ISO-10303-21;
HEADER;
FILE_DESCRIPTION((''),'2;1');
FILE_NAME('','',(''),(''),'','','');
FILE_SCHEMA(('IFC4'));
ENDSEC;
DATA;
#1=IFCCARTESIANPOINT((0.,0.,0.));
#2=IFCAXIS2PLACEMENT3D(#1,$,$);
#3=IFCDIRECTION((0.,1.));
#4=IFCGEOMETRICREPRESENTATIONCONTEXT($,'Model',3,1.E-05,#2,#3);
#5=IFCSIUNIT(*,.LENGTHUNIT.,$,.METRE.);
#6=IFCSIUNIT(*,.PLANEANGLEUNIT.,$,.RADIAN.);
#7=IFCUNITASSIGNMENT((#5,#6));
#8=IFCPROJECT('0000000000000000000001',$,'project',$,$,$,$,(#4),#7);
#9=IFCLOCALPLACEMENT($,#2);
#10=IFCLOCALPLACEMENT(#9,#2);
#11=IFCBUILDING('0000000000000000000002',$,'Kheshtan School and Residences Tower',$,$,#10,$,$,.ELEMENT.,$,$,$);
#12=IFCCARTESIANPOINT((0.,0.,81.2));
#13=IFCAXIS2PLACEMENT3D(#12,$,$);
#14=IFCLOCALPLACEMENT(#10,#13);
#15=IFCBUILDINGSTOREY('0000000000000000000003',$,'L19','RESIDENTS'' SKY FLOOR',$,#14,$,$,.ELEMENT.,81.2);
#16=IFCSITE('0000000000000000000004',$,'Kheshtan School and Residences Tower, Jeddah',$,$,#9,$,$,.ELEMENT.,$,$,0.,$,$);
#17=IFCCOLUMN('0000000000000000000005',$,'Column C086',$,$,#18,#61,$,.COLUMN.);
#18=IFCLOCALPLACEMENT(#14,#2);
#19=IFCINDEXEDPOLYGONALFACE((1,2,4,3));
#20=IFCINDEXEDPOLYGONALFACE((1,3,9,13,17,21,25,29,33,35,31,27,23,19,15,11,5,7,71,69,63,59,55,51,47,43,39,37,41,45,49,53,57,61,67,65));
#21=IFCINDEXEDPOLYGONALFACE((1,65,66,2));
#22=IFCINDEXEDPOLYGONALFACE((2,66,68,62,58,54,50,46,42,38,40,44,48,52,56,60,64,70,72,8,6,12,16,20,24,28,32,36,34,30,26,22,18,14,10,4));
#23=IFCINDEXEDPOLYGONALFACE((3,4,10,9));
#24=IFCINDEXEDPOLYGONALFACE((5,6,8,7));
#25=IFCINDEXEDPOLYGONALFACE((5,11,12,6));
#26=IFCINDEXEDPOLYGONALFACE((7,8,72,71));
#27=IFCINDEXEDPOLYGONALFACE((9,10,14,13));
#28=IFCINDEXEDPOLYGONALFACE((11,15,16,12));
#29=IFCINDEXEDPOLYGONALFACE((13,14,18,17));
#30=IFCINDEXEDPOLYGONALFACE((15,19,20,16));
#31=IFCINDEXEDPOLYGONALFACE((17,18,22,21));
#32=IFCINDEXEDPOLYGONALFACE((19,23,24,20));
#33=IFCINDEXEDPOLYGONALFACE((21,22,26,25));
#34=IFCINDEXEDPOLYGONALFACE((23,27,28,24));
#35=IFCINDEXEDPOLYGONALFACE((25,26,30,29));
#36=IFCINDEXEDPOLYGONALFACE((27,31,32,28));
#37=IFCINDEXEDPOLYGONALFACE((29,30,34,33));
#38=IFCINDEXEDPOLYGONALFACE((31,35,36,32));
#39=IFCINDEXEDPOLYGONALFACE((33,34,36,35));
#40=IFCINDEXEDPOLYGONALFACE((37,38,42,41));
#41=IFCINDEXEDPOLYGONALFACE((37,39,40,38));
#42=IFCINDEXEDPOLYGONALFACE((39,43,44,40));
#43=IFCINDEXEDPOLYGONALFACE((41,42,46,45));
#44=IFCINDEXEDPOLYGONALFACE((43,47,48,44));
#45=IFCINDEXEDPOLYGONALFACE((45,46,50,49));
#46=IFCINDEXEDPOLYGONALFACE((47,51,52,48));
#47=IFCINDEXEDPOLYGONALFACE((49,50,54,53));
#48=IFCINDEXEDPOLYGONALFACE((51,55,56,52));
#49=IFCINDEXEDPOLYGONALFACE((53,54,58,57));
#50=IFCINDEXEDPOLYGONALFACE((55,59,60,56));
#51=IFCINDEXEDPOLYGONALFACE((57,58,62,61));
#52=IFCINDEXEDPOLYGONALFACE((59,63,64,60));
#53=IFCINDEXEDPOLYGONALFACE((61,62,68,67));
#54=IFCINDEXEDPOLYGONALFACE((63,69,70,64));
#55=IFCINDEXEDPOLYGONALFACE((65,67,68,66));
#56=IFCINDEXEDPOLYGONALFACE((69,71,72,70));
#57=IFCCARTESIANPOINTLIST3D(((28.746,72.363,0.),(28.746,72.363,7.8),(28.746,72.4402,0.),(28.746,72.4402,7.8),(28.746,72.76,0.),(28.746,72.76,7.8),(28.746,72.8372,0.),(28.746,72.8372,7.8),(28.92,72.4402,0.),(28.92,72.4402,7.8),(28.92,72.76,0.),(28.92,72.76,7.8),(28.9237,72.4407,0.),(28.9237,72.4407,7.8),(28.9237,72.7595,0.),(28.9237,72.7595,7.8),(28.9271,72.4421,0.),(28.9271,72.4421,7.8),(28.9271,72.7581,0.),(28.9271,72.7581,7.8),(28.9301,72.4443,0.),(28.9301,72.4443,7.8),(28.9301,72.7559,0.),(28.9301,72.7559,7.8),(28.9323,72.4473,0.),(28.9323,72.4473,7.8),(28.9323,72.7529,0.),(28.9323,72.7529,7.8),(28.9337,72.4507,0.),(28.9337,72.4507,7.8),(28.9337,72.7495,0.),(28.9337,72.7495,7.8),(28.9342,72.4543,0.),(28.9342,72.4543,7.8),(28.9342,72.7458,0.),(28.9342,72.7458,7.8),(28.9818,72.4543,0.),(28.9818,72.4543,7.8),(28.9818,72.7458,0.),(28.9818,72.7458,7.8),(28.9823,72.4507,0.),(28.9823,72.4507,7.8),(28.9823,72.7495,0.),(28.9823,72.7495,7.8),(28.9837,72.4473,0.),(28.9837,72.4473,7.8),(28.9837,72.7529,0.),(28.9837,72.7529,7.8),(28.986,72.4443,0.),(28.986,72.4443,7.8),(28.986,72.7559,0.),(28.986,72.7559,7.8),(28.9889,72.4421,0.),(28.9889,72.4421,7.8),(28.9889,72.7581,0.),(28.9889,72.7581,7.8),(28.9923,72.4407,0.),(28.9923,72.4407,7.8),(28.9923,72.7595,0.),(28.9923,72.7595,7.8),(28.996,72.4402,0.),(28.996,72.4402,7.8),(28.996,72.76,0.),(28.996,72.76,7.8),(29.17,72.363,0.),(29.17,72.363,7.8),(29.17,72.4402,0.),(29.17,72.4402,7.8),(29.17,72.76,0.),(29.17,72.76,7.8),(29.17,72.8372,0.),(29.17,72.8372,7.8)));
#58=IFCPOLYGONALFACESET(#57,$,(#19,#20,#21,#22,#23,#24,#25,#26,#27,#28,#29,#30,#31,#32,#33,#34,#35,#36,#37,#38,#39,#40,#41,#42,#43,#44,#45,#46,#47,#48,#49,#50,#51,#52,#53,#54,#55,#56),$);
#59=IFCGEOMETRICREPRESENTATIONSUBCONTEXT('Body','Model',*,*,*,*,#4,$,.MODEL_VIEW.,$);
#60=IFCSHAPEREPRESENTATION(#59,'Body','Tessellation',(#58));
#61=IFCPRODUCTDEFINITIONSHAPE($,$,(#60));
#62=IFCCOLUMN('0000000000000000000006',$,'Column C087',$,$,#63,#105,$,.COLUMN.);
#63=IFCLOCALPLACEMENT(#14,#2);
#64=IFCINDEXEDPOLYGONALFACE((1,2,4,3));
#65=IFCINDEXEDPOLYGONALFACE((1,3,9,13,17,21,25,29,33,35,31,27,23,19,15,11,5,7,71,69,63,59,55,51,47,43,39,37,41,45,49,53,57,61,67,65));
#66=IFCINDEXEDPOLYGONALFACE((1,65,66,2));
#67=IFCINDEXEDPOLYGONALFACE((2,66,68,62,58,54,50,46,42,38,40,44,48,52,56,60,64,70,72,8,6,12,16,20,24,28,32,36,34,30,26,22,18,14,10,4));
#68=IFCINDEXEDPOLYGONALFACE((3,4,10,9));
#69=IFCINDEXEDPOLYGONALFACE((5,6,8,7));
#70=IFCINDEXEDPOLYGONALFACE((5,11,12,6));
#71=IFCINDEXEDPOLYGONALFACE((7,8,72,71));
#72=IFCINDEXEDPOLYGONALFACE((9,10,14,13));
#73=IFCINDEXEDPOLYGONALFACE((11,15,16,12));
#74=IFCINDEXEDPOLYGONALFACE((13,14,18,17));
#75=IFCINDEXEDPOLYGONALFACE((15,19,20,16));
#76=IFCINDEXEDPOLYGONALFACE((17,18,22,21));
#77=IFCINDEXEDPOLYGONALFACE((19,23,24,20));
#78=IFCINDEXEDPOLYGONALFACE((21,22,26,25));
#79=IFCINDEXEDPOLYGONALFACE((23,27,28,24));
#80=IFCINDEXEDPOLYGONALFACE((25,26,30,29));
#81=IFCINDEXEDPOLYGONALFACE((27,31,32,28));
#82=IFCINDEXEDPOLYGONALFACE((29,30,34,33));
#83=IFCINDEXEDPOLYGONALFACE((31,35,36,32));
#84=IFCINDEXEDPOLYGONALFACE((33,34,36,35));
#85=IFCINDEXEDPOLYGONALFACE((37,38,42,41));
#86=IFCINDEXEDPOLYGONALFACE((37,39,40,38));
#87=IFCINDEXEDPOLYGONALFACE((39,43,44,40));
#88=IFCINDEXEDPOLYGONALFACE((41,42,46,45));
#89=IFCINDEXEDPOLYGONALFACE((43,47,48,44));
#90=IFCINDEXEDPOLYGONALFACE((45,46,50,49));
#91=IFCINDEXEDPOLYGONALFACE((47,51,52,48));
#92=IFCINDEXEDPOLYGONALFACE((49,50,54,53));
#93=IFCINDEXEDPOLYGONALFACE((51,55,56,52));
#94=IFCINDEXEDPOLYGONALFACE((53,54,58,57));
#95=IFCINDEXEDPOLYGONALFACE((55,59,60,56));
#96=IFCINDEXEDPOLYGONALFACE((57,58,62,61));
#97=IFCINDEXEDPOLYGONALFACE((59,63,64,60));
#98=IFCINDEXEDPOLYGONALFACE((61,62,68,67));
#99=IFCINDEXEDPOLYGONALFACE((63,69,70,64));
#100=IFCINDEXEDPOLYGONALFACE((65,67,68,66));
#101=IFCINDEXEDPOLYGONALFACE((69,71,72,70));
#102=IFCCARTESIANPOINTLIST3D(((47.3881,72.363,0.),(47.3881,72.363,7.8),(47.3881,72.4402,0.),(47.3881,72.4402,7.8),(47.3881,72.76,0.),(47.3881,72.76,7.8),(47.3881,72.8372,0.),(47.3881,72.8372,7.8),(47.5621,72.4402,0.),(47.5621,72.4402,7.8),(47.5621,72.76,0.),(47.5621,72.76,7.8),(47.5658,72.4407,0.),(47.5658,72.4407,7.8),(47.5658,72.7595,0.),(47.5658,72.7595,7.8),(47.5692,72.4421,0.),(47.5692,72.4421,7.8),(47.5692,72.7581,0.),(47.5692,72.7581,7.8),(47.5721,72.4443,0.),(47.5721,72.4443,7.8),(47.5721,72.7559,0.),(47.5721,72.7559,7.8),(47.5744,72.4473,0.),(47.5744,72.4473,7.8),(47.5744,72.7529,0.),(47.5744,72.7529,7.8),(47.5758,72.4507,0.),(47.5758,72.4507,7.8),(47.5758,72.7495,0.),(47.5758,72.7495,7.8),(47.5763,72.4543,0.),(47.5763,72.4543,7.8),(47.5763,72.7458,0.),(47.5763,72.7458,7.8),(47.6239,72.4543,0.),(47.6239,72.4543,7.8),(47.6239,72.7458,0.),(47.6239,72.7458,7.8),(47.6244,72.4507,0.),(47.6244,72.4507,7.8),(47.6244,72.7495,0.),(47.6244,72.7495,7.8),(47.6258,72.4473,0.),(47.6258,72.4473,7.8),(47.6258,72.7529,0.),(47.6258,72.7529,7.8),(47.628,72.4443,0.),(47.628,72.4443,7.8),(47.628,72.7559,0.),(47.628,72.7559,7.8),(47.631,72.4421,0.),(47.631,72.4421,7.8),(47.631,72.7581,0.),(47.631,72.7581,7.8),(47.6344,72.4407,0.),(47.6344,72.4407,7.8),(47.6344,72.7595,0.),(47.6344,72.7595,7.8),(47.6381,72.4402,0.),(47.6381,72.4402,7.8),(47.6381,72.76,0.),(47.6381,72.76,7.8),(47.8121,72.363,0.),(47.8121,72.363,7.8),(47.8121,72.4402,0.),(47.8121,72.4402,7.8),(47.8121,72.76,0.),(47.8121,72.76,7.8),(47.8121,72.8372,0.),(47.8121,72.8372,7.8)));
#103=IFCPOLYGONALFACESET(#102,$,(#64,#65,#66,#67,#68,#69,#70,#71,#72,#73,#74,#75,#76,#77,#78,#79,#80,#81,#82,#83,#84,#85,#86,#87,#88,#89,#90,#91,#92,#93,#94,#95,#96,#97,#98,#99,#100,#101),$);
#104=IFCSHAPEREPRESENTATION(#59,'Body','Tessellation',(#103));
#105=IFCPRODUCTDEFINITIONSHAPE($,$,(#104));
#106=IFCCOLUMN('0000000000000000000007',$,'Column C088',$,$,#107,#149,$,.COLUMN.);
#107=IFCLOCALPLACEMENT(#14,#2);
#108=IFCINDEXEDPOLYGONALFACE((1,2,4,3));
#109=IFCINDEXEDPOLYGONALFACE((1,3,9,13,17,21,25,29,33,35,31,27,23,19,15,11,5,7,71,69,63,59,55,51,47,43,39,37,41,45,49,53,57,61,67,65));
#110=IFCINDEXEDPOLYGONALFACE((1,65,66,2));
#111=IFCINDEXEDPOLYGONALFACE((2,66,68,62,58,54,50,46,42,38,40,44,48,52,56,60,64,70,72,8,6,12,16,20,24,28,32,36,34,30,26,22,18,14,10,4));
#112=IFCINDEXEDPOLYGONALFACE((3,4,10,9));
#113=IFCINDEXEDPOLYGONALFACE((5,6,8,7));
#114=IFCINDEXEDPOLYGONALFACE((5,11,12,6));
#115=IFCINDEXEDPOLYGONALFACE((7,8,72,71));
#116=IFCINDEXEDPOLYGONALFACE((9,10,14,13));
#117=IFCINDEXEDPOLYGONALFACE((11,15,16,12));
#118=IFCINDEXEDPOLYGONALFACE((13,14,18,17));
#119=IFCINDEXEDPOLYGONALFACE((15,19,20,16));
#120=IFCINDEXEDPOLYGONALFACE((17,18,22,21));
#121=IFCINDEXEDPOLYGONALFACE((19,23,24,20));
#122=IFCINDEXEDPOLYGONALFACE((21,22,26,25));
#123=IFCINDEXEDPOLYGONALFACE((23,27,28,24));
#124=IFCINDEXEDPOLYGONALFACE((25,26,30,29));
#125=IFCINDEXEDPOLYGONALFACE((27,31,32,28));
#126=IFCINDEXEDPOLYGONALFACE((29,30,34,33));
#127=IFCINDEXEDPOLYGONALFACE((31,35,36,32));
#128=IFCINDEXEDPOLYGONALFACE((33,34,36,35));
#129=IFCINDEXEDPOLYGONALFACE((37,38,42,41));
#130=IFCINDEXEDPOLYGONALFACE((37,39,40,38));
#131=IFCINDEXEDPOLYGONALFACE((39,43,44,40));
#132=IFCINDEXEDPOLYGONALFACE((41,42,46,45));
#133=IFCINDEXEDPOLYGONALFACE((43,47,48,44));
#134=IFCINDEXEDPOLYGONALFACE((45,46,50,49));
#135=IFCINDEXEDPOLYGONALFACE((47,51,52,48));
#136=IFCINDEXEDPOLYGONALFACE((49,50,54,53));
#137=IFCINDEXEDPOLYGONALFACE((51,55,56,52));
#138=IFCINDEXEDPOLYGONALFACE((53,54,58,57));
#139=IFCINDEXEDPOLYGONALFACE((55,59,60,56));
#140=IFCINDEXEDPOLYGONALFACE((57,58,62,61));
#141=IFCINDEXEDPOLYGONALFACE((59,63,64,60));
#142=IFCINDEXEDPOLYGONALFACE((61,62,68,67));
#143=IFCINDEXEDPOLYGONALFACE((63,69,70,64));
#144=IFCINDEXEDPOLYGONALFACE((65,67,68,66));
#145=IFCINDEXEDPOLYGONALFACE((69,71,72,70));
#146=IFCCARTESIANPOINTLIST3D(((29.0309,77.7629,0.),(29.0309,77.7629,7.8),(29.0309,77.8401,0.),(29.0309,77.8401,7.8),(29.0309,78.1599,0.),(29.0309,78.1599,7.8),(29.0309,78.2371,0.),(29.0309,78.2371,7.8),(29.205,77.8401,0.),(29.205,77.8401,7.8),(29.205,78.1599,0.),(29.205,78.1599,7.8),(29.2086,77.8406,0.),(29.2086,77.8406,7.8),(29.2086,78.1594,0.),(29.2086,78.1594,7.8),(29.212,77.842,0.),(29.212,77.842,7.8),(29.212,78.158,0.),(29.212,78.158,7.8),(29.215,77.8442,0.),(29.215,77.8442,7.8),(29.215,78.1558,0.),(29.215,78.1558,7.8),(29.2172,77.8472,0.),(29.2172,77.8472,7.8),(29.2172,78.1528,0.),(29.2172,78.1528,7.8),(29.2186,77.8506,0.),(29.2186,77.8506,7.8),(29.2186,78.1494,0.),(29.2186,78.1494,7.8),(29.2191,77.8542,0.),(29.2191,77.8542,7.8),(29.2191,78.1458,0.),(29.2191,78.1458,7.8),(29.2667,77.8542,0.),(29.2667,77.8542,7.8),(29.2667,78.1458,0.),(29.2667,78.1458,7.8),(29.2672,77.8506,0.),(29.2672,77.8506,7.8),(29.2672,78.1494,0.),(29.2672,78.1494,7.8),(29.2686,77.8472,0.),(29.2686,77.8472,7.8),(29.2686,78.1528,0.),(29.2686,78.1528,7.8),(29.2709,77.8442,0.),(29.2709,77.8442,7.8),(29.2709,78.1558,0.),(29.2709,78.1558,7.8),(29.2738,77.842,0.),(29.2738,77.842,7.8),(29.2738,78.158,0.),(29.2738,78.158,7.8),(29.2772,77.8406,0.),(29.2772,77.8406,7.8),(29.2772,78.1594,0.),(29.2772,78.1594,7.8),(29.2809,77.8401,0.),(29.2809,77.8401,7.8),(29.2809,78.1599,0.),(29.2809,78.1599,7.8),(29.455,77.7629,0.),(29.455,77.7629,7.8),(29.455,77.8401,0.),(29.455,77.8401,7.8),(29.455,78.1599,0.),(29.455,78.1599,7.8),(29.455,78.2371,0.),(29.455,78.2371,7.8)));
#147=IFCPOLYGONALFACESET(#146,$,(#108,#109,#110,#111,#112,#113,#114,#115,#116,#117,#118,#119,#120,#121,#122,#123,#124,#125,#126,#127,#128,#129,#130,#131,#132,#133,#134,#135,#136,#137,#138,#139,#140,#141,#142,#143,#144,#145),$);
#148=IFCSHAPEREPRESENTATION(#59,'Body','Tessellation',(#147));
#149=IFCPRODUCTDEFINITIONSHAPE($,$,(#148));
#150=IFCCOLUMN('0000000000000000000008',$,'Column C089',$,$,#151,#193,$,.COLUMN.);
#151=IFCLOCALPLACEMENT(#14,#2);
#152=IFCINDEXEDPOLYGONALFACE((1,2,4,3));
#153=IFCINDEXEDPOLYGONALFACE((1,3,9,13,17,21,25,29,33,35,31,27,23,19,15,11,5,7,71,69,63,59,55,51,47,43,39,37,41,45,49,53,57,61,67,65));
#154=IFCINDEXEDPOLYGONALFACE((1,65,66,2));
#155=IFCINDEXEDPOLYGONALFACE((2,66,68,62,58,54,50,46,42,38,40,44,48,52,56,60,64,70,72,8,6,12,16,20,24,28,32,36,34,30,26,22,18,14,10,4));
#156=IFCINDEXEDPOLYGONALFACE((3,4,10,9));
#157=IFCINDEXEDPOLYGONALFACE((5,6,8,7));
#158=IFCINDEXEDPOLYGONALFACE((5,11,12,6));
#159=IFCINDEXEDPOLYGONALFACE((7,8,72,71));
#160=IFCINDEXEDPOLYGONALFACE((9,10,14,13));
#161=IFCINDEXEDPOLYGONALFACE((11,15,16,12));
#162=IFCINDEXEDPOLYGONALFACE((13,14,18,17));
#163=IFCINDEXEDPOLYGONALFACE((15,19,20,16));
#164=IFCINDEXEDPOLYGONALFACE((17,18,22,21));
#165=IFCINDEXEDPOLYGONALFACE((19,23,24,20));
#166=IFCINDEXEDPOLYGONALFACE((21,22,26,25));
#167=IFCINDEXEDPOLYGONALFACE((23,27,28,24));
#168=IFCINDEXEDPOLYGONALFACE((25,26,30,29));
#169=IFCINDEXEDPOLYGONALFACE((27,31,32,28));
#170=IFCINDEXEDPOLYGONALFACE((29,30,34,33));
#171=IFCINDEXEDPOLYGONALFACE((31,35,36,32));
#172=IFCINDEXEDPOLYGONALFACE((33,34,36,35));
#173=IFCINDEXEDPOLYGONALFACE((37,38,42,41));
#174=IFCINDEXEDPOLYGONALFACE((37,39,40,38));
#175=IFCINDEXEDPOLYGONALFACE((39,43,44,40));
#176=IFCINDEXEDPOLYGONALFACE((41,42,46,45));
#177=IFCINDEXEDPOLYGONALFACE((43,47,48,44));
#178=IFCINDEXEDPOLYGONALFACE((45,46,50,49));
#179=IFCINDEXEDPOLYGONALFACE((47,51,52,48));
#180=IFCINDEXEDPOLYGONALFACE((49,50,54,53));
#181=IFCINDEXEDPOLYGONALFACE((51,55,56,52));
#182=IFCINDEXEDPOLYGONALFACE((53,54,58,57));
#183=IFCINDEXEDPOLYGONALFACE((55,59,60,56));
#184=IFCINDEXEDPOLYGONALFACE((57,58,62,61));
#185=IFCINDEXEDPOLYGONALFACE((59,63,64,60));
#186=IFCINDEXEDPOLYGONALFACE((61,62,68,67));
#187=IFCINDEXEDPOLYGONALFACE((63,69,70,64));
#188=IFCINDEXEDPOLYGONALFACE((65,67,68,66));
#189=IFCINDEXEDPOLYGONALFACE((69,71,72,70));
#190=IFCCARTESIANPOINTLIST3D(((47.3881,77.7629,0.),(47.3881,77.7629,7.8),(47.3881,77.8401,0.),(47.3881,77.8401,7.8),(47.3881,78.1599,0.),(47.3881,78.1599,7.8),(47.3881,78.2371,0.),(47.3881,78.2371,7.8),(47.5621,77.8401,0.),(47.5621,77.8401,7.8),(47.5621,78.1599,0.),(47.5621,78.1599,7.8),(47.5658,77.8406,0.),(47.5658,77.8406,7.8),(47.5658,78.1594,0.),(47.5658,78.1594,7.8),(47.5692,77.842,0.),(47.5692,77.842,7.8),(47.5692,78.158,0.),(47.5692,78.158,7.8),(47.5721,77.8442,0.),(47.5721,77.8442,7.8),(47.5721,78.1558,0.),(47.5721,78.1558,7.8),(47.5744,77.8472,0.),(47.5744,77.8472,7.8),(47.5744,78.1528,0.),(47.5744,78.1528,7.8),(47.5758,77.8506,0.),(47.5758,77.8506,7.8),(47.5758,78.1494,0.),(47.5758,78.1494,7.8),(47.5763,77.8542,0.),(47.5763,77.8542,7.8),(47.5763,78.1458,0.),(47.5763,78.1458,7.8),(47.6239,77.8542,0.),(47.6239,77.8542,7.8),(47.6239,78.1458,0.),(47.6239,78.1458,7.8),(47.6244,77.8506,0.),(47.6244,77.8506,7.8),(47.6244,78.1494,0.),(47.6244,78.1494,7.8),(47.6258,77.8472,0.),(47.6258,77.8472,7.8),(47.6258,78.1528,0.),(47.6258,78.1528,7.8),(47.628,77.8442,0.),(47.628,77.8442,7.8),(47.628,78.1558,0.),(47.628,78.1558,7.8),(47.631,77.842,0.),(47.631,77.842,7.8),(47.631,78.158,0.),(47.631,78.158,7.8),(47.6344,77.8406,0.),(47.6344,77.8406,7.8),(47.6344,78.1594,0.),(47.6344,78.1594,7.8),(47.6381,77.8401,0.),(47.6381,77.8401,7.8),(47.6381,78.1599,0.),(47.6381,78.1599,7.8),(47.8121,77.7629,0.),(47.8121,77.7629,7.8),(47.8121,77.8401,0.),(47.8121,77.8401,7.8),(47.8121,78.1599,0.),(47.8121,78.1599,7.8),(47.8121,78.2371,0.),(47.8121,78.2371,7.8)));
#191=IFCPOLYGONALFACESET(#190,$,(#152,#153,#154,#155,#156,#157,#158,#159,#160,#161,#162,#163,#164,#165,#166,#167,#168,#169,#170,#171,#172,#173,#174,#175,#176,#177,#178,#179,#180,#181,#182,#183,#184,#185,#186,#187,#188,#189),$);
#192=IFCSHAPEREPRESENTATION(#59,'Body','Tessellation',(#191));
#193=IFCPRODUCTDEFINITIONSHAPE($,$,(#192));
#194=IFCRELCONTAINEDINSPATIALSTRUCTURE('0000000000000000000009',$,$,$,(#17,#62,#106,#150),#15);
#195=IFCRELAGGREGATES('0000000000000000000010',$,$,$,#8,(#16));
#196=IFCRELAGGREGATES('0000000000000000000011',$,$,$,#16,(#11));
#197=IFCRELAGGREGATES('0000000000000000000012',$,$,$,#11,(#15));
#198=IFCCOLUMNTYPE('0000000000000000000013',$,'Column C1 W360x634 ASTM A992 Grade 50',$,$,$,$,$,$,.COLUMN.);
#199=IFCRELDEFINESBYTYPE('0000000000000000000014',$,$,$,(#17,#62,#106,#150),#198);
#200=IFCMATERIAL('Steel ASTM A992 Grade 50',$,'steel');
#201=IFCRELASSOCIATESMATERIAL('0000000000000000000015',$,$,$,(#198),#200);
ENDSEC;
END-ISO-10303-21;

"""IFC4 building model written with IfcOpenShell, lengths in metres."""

from ifc_helpers import new_model, si_unit, direction, frame, origin, origin_2d, place, context, subcontext, project, spatial, i_section, extrude, material, material_profile, profile_set, type_object, element, save


model = new_model("IFC4")

# Units and contexts
model_context = context("Model", 3, precision=1e-05, world=origin(), true_north=direction((0.0, 1.0)))
body_context = subcontext(model_context, "Body", "Model", "MODEL_VIEW")
ifc_project = project(units=[si_unit("LENGTHUNIT", "METRE"), si_unit("PLANEANGLEUNIT", "RADIAN")], contexts=[model_context])

# Site, building, storey
site_placement = place(None, origin())
site = spatial("IfcSite", under=ifc_project, at=site_placement, Name="Kheshtan School and Residences Tower, Jeddah", CompositionType="ELEMENT", RefElevation=0.0)
building_placement = place(site_placement, origin())
building = spatial("IfcBuilding", under=site, at=building_placement, Name="Kheshtan School and Residences Tower", CompositionType="ELEMENT")
storey_placement = place(building_placement, frame((0.0, 0.0, 81.2)))
storey = spatial("IfcBuildingStorey", under=building, at=storey_placement, Name="L19", Description="RESIDENTS' SKY FLOOR", CompositionType="ELEMENT", Elevation=81.2)

# Columns
ifc_material_1 = material(Name="Steel ASTM A992 Grade 50", Category="steel")
ifc_material_profile_1 = material_profile(ifc_material_1, i_section(OverallWidth=0.4241, OverallDepth=0.4741, WebThickness=0.0476, FlangeThickness=0.0771, FilletRadius=0.0142, at=origin_2d()), Name="W360x634")
ifc_profile_set_1 = profile_set([ifc_material_profile_1], Name="Steel ASTM A992 Grade 50")
column_type = type_object("IfcColumnType", Name="Column C1 W360x634 ASTM A992 Grade 50", PredefinedType="COLUMN", material=ifc_profile_set_1)
for number, where, z_axis, x_axis, name in (
    (1, (28.958, 72.6001, 0.0), (0.0, 0.0, 1.0), (1.0, 0.0, 0.0), "Column C086"),
    (2, (47.6001, 72.6001, 0.0), (0.0, 0.0, 1.0), (1.0, 0.0, 0.0), "Column C087"),
    (3, (29.2429, 78.0, 0.0), (0.0, 0.0, 1.0), (1.0, 0.0, 0.0), "Column C088"),
    (4, (47.6001, 78.0, 0.0), (0.0, 0.0, 1.0), (1.0, 0.0, 0.0), "Column C089"),
):
    element("IfcColumn", number, at=place(storey_placement, frame(where, z_axis=z_axis, x_axis=x_axis)), inside=storey, type_object=column_type, Name=name, PredefinedType="COLUMN", context=body_context, shape_type="SweptSolid", body=[
        extrude(i_section(OverallWidth=0.4241, OverallDepth=0.4741, WebThickness=0.0476, FlangeThickness=0.0771, FilletRadius=0.0142, at=origin_2d()), origin(), (0.0, 0.0, 1.0), 7.8),
    ])

save(model, "model.ifc")
